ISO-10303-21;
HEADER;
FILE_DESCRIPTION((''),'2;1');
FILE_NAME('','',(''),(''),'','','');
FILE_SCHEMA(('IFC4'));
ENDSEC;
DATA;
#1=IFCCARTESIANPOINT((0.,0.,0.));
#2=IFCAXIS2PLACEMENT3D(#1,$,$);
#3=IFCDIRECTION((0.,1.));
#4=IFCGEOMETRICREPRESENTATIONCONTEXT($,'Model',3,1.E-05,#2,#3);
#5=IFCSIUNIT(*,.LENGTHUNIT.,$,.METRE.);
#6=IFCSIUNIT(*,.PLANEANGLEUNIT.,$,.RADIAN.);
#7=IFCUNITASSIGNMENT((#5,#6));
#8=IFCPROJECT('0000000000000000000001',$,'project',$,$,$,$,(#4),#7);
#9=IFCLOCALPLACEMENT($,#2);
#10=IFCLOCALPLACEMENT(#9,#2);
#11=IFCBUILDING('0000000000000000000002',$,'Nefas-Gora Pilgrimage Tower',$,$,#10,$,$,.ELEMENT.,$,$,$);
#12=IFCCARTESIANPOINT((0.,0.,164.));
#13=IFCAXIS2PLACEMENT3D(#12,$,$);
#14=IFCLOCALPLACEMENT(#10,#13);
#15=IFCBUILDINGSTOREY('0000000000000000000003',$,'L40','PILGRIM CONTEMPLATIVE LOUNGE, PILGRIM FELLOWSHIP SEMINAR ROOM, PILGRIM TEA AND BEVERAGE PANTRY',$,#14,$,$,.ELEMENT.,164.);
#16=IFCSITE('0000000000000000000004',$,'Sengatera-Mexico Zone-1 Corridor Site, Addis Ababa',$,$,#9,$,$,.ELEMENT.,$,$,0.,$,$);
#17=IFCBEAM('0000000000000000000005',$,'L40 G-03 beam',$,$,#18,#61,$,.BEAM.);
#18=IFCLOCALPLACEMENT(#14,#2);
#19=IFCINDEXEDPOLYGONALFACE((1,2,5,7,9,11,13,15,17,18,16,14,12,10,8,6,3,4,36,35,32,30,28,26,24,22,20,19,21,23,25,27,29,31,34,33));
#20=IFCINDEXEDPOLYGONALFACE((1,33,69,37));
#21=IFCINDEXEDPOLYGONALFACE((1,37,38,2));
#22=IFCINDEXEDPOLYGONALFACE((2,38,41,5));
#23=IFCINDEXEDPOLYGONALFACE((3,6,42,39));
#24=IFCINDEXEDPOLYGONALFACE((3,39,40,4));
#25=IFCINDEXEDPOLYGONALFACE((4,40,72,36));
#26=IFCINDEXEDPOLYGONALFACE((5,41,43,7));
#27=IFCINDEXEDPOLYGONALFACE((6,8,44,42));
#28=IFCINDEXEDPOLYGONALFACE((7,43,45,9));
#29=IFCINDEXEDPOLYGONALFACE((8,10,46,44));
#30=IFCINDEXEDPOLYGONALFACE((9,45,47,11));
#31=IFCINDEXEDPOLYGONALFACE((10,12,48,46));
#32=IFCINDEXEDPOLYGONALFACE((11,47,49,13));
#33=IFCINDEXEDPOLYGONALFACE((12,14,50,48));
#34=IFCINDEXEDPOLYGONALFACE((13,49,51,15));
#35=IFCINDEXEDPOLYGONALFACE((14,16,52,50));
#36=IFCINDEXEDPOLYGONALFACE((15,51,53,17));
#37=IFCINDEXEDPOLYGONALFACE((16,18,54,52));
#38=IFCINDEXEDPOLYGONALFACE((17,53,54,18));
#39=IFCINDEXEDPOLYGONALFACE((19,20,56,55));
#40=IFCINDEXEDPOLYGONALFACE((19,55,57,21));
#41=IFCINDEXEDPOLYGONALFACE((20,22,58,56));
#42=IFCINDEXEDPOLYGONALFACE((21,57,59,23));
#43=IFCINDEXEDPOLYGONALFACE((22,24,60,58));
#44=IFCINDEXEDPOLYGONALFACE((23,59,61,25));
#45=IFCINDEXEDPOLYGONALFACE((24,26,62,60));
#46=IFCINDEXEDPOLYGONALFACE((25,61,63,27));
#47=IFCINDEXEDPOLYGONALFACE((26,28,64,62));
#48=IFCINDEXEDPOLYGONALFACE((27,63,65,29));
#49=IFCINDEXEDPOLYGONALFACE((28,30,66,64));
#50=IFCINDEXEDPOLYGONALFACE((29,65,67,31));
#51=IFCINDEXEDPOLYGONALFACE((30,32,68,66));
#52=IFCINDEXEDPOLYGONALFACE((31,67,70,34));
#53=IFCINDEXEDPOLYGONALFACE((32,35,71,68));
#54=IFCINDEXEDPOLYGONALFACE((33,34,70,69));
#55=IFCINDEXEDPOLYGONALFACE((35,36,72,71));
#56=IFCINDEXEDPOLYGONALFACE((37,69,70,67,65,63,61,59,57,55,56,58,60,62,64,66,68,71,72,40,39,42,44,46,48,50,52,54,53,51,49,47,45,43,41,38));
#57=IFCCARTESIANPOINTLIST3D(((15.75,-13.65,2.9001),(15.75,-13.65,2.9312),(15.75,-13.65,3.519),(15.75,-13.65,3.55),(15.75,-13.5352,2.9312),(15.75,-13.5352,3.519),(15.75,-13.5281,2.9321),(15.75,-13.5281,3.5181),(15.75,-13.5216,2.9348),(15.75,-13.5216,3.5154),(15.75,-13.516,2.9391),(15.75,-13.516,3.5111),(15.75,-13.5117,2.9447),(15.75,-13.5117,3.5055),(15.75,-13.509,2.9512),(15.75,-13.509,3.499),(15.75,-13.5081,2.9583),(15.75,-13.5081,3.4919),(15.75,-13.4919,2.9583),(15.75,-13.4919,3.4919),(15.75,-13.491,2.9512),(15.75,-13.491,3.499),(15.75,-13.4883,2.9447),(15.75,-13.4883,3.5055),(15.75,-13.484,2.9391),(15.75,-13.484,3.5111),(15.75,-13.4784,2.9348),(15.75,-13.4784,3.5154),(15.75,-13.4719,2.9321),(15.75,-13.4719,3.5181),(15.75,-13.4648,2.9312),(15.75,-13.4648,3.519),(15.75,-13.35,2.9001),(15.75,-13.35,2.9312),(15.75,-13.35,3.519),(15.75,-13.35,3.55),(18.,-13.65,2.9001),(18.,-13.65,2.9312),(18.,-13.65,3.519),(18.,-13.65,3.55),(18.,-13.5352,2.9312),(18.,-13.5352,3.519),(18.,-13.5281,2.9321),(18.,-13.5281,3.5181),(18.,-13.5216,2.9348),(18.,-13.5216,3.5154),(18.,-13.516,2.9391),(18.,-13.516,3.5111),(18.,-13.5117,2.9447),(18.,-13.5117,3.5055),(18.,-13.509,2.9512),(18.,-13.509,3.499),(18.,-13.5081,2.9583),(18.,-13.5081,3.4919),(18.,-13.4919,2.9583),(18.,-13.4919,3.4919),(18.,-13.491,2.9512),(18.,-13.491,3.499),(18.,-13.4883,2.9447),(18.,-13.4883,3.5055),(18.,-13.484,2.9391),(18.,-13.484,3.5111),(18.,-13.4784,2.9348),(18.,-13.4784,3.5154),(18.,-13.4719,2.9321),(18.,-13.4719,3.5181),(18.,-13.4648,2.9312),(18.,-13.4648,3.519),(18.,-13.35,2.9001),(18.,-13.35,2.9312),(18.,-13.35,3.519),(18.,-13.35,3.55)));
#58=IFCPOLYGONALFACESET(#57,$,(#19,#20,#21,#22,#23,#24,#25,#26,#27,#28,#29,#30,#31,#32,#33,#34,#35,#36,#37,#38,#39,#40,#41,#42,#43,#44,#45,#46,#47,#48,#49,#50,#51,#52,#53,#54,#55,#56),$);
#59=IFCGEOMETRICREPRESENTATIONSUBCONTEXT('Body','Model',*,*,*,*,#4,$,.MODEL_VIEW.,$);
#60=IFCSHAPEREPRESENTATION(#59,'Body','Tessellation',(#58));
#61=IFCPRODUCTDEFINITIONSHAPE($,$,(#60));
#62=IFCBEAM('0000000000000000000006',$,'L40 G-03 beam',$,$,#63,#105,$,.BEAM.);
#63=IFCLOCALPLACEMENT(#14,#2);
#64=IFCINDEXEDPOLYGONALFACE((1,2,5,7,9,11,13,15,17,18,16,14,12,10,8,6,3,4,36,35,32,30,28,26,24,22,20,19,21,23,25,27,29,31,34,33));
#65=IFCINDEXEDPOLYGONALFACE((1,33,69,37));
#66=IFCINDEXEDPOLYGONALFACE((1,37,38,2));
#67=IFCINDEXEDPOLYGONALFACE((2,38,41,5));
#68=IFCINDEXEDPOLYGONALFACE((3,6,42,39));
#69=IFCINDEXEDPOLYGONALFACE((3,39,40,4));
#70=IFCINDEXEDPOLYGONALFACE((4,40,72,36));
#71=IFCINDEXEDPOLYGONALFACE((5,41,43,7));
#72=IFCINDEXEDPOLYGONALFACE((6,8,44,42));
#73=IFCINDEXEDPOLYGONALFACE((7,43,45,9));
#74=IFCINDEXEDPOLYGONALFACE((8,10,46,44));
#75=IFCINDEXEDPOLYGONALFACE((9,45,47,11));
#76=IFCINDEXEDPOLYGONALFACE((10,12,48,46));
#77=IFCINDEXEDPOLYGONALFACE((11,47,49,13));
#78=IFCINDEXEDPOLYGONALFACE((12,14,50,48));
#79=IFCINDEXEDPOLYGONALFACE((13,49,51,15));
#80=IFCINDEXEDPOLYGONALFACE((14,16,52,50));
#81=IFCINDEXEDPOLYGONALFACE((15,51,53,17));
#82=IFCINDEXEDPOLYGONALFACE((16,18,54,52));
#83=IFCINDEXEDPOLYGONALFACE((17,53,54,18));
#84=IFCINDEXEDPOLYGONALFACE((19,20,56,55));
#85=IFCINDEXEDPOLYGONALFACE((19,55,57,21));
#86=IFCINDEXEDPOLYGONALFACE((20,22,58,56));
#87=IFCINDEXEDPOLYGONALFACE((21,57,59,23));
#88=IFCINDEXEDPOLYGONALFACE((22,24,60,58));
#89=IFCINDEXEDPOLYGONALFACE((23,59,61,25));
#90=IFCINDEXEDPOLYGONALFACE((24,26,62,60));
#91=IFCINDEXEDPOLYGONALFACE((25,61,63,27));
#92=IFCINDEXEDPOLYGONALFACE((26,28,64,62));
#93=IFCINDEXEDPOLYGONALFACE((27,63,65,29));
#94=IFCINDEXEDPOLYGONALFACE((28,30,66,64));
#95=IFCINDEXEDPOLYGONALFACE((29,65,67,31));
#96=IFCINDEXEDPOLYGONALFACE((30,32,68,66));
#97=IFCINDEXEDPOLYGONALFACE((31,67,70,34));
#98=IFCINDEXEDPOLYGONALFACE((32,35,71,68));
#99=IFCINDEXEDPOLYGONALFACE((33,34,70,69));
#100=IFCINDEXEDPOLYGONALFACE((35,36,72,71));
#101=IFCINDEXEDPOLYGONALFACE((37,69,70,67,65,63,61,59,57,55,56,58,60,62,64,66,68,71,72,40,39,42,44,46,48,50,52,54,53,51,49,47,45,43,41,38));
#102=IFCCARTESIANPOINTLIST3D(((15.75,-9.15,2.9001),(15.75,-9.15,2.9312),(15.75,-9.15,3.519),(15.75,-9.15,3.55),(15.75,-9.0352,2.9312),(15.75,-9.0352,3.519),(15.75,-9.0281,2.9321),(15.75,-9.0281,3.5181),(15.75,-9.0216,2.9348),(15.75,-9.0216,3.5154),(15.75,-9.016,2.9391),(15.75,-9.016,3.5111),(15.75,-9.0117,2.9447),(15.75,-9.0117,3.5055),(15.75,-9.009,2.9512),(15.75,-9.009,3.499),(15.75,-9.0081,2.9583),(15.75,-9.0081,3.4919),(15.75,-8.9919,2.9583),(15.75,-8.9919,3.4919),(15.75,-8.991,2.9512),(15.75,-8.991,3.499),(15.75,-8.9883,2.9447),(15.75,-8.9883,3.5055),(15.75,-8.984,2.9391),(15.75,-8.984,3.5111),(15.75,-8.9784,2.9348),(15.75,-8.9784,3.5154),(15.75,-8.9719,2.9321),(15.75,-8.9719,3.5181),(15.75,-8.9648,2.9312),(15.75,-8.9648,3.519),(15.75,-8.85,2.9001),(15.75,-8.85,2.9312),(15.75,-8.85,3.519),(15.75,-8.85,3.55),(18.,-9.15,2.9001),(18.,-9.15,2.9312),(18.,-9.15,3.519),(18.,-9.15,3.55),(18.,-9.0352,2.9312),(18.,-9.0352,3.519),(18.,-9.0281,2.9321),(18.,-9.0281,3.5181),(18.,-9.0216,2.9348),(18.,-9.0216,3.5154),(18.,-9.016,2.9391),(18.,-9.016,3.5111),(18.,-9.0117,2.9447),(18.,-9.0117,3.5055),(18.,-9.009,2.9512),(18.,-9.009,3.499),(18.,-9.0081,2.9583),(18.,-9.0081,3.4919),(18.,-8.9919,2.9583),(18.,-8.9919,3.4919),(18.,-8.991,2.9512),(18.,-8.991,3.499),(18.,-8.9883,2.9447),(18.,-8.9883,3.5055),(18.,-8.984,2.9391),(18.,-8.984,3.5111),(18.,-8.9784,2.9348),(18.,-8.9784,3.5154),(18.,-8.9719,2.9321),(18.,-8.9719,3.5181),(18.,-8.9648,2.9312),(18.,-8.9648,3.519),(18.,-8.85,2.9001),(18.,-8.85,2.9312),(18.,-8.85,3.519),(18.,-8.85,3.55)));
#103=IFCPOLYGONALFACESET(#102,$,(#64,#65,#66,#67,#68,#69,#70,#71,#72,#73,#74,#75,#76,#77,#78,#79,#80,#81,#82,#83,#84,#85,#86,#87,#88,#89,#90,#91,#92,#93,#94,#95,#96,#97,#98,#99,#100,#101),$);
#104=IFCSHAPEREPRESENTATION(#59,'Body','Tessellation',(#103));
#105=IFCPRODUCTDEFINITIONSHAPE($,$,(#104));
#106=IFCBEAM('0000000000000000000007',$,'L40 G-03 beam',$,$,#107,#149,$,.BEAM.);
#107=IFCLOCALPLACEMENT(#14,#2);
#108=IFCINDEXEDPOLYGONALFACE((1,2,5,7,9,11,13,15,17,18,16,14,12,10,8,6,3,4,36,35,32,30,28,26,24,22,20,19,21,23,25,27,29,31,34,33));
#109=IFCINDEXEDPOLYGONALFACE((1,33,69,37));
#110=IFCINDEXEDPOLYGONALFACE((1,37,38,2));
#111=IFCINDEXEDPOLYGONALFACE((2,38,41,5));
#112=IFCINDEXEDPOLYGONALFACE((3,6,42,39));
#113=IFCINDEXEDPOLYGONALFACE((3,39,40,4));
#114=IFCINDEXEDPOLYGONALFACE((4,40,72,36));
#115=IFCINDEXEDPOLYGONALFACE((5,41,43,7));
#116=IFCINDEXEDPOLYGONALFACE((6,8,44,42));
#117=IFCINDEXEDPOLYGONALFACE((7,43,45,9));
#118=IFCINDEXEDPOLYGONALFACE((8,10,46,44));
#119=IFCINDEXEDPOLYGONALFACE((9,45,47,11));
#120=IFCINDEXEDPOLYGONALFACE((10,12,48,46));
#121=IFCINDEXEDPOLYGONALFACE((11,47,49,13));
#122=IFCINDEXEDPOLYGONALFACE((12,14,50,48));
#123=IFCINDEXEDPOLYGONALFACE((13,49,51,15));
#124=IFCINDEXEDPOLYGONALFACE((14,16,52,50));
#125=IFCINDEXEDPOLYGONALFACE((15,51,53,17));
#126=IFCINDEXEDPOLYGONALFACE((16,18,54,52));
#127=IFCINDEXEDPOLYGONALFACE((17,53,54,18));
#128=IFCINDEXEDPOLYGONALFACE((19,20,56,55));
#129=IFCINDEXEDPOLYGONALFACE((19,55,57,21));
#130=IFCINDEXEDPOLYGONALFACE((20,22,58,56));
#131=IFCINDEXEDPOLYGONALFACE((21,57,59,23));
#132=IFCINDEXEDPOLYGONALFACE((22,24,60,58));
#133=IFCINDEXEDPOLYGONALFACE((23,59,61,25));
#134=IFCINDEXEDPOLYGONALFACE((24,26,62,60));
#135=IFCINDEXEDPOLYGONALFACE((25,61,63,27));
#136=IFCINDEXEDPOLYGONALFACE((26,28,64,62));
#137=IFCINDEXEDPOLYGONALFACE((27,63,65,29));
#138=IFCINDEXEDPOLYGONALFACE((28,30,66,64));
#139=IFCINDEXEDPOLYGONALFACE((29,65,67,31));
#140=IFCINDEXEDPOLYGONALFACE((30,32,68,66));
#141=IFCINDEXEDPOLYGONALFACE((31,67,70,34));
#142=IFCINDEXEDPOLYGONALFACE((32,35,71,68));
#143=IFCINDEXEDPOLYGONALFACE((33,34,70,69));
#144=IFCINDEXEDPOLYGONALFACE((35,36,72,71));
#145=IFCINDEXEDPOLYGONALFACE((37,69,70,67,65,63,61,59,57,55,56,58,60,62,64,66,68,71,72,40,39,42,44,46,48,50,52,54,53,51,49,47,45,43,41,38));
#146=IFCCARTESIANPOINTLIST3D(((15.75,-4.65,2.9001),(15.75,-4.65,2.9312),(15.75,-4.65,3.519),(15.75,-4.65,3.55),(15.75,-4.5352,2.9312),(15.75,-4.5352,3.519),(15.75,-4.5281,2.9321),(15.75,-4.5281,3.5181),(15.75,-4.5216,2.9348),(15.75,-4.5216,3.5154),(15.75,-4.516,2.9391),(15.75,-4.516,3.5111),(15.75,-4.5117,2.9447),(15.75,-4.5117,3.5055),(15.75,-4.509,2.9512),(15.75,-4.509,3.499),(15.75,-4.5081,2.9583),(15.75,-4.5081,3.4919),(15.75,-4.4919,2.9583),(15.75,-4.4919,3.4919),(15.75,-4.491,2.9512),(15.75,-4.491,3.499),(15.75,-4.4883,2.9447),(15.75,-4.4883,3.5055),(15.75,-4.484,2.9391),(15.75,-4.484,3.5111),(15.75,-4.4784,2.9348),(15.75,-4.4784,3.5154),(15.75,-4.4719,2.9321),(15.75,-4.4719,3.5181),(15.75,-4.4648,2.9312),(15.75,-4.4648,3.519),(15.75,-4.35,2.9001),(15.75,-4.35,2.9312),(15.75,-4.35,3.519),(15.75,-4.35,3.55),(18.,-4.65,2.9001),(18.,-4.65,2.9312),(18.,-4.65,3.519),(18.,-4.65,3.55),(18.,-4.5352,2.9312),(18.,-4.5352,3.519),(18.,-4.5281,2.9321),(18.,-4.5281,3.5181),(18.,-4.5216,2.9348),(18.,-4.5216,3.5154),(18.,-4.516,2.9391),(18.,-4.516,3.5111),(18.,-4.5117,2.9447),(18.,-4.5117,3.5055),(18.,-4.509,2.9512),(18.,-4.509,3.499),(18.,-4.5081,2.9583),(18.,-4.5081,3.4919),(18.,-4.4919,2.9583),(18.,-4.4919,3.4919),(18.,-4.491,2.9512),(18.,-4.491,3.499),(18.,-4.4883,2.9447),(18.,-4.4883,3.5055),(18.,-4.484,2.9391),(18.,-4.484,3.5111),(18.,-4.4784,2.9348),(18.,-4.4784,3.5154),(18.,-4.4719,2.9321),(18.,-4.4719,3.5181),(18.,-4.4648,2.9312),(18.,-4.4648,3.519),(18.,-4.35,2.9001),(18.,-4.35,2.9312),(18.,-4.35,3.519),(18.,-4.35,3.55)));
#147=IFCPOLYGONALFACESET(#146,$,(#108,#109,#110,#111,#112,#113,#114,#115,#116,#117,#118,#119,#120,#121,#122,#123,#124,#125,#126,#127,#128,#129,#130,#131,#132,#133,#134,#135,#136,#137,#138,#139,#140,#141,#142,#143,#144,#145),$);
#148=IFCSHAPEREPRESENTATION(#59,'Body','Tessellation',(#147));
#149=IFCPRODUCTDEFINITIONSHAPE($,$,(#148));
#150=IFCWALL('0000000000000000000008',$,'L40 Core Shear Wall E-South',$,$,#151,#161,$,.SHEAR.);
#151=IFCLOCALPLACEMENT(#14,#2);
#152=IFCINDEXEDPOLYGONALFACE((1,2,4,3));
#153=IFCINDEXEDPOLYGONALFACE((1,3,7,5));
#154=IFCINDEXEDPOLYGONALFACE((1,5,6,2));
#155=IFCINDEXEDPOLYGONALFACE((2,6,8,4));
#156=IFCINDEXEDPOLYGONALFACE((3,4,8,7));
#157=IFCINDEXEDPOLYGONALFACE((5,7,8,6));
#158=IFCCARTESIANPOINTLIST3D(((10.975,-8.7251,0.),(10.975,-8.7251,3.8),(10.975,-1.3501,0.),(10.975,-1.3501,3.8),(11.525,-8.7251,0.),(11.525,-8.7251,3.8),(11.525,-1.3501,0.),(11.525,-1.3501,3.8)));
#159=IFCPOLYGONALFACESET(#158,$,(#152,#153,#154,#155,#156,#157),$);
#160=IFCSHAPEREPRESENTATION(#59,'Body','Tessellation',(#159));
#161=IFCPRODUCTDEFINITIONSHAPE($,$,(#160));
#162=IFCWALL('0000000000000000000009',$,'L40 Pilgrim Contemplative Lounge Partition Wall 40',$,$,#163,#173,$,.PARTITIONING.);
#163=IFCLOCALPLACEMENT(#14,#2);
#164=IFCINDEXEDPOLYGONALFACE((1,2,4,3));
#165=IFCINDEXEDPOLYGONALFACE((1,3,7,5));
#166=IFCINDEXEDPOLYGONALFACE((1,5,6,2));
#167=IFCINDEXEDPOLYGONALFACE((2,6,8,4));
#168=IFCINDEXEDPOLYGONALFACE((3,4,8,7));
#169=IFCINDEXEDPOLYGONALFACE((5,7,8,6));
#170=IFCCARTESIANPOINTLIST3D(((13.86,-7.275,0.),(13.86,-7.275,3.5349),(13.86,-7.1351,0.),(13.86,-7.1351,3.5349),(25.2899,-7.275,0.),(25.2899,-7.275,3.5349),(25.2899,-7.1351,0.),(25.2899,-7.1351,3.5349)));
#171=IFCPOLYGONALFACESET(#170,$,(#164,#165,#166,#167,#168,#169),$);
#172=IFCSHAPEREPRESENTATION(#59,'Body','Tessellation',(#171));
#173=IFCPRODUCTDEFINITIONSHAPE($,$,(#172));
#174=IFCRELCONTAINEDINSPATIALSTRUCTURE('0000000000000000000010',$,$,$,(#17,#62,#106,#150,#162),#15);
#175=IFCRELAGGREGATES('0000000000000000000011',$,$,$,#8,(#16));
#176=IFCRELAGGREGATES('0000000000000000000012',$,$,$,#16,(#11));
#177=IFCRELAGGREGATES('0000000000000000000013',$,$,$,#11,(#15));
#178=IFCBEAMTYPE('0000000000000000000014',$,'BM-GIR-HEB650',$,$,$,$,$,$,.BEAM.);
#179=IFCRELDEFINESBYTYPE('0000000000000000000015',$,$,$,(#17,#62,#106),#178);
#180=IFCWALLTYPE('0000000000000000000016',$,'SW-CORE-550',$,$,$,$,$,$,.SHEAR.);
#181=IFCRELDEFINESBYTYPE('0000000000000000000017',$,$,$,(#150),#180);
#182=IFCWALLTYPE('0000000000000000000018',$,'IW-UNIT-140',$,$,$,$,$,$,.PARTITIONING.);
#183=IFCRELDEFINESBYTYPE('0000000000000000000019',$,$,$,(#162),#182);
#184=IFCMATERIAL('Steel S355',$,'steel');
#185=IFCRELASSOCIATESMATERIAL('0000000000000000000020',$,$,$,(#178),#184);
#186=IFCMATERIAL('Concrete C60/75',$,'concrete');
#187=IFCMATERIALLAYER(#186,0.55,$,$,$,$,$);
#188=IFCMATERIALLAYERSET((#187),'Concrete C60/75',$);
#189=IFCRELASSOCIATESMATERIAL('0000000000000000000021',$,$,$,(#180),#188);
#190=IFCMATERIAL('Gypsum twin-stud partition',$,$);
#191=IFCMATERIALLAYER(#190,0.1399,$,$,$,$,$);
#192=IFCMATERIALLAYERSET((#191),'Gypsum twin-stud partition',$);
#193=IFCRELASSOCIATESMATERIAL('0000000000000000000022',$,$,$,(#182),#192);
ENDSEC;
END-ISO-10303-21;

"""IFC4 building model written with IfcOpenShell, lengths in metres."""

from ifc_helpers import new_model, si_unit, direction, frame, frame_2d, origin, origin_2d, place, context, subcontext, project, spatial, rectangle, i_section, extrude, source, transform, mapped, material, layer, layer_set, material_profile, profile_set, type_object, element, save


model = new_model("IFC4")

# Units and contexts
model_context = context("Model", 3, precision=1e-05, world=origin(), true_north=direction((0.0, 1.0)))
body_context = subcontext(model_context, "Body", "Model", "MODEL_VIEW")
ifc_project = project(units=[si_unit("LENGTHUNIT", "METRE"), si_unit("PLANEANGLEUNIT", "RADIAN")], contexts=[model_context])

# Site, building, storey
site_placement = place(None, origin())
site = spatial("IfcSite", under=ifc_project, at=site_placement, Name="Sengatera-Mexico Zone-1 Corridor Site, Addis Ababa", CompositionType="ELEMENT", RefElevation=0.0)
building_placement = place(site_placement, origin())
building = spatial("IfcBuilding", under=site, at=building_placement, Name="Nefas-Gora Pilgrimage Tower", CompositionType="ELEMENT")
storey_placement = place(building_placement, frame((0.0, 0.0, 164.0)))
storey = spatial("IfcBuildingStorey", under=building, at=storey_placement, Name="L40", Description="PILGRIM CONTEMPLATIVE LOUNGE, PILGRIM FELLOWSHIP SEMINAR ROOM, PILGRIM TEA AND BEVERAGE PANTRY", CompositionType="ELEMENT", Elevation=164.0)

# Beams
ifc_material_1 = material(Name="Concrete C60/75", Category="concrete")
ifc_material_2 = material(Name="Steel S355", Category="steel")
ifc_material_profile_1 = material_profile(ifc_material_2, i_section(OverallWidth=0.3, OverallDepth=0.6499, WebThickness=0.0161, FlangeThickness=0.031, FilletRadius=0.0271, at=origin_2d()), Name="HEB 650")
ifc_profile_set_1 = profile_set([ifc_material_profile_1], Name="Steel S355")
beam_type_1 = type_object("IfcBeamType", Name="BM-GIR-HEB650", PredefinedType="BEAM", material=ifc_profile_set_1)
shared_shape_1 = source(origin(), body_context, "Body", "SweptSolid", [
    extrude(i_section(OverallWidth=0.3, OverallDepth=0.6499, WebThickness=0.0161, FlangeThickness=0.031, FilletRadius=0.0271, at=origin_2d()), origin(), (0.0, 0.0, 1.0), 2.25),
])
for number, where, z_axis, x_axis, name in (
    (1, (15.75, -13.5, 3.2251), (1.0, 0.0, 0.0), (0.0, 1.0, 0.0), "L40 G-03 beam"),
    (2, (15.75, -9.0, 3.2251), (1.0, 0.0, 0.0), (0.0, 1.0, 0.0), "L40 G-03 beam"),
    (3, (15.75, -4.5, 3.2251), (1.0, 0.0, 0.0), (0.0, 1.0, 0.0), "L40 G-03 beam"),
):
    element("IfcBeam", number, at=place(storey_placement, frame(where, z_axis=z_axis, x_axis=x_axis)), inside=storey, type_object=beam_type_1, Name=name, PredefinedType="BEAM", context=body_context, shape_type="MappedRepresentation", body=[
        mapped(shared_shape_1, transform((0.0, 0.0, 0.0), x_axis=(1.0, 0.0, 0.0), y_axis=(0.0, 1.0, 0.0), z_axis=(0.0, 0.0, 1.0), scale=1.0)),
    ])

# Wall
ifc_layer_1 = layer(ifc_material_1, 0.55)
ifc_layer_set_1 = layer_set([ifc_layer_1], Name="Concrete C60/75")
wall_type_1 = type_object("IfcWallType", Name="SW-CORE-550", PredefinedType="SHEAR", material=ifc_layer_set_1)
shared_shape_2 = source(origin(), body_context, "Body", "SweptSolid", [
    extrude(rectangle(XDim=7.375, YDim=0.55, at=frame_2d((3.6875, 0.0))), origin(), (0.0, 0.0, 1.0), 3.8),
])
wall_1_placement = place(storey_placement, frame((11.25, -8.7251, 0.0), z_axis=(0.0, 0.0, 1.0), x_axis=(0.0, 1.0, 0.0)))
element("IfcWall", 4, at=wall_1_placement, inside=storey, type_object=wall_type_1, Name="L40 Core Shear Wall E-South", PredefinedType="SHEAR", context=body_context, shape_type="MappedRepresentation", body=[
    mapped(shared_shape_2, transform((0.0, 0.0, 0.0), x_axis=(1.0, 0.0, 0.0), y_axis=(0.0, 1.0, 0.0), z_axis=(0.0, 0.0, 1.0), scale=1.0)),
])

# Wall
ifc_material_3 = material(Name="Gypsum twin-stud partition")
ifc_layer_2 = layer(ifc_material_3, 0.1399)
ifc_layer_set_2 = layer_set([ifc_layer_2], Name="Gypsum twin-stud partition")
wall_type_2 = type_object("IfcWallType", Name="IW-UNIT-140", PredefinedType="PARTITIONING", material=ifc_layer_set_2)
shared_shape_3 = source(origin(), body_context, "Body", "SweptSolid", [
    extrude(rectangle(XDim=11.4299, YDim=0.1399, at=frame_2d((5.7148, 0.0))), origin(), (0.0, 0.0, 1.0), 3.5349),
])
wall_2_placement = place(storey_placement, frame((13.8601, -7.2051, 0.0), z_axis=(0.0, 0.0, 1.0), x_axis=(1.0, 0.0, 0.0)))
element("IfcWall", 5, at=wall_2_placement, inside=storey, type_object=wall_type_2, Name="L40 Pilgrim Contemplative Lounge Partition Wall 40", PredefinedType="PARTITIONING", context=body_context, shape_type="MappedRepresentation", body=[
    mapped(shared_shape_3, transform((0.0, 0.0, 0.0), x_axis=(1.0, 0.0, 0.0), y_axis=(0.0, 1.0, 0.0), z_axis=(0.0, 0.0, 1.0), scale=1.0)),
])

save(model, "model.ifc")
